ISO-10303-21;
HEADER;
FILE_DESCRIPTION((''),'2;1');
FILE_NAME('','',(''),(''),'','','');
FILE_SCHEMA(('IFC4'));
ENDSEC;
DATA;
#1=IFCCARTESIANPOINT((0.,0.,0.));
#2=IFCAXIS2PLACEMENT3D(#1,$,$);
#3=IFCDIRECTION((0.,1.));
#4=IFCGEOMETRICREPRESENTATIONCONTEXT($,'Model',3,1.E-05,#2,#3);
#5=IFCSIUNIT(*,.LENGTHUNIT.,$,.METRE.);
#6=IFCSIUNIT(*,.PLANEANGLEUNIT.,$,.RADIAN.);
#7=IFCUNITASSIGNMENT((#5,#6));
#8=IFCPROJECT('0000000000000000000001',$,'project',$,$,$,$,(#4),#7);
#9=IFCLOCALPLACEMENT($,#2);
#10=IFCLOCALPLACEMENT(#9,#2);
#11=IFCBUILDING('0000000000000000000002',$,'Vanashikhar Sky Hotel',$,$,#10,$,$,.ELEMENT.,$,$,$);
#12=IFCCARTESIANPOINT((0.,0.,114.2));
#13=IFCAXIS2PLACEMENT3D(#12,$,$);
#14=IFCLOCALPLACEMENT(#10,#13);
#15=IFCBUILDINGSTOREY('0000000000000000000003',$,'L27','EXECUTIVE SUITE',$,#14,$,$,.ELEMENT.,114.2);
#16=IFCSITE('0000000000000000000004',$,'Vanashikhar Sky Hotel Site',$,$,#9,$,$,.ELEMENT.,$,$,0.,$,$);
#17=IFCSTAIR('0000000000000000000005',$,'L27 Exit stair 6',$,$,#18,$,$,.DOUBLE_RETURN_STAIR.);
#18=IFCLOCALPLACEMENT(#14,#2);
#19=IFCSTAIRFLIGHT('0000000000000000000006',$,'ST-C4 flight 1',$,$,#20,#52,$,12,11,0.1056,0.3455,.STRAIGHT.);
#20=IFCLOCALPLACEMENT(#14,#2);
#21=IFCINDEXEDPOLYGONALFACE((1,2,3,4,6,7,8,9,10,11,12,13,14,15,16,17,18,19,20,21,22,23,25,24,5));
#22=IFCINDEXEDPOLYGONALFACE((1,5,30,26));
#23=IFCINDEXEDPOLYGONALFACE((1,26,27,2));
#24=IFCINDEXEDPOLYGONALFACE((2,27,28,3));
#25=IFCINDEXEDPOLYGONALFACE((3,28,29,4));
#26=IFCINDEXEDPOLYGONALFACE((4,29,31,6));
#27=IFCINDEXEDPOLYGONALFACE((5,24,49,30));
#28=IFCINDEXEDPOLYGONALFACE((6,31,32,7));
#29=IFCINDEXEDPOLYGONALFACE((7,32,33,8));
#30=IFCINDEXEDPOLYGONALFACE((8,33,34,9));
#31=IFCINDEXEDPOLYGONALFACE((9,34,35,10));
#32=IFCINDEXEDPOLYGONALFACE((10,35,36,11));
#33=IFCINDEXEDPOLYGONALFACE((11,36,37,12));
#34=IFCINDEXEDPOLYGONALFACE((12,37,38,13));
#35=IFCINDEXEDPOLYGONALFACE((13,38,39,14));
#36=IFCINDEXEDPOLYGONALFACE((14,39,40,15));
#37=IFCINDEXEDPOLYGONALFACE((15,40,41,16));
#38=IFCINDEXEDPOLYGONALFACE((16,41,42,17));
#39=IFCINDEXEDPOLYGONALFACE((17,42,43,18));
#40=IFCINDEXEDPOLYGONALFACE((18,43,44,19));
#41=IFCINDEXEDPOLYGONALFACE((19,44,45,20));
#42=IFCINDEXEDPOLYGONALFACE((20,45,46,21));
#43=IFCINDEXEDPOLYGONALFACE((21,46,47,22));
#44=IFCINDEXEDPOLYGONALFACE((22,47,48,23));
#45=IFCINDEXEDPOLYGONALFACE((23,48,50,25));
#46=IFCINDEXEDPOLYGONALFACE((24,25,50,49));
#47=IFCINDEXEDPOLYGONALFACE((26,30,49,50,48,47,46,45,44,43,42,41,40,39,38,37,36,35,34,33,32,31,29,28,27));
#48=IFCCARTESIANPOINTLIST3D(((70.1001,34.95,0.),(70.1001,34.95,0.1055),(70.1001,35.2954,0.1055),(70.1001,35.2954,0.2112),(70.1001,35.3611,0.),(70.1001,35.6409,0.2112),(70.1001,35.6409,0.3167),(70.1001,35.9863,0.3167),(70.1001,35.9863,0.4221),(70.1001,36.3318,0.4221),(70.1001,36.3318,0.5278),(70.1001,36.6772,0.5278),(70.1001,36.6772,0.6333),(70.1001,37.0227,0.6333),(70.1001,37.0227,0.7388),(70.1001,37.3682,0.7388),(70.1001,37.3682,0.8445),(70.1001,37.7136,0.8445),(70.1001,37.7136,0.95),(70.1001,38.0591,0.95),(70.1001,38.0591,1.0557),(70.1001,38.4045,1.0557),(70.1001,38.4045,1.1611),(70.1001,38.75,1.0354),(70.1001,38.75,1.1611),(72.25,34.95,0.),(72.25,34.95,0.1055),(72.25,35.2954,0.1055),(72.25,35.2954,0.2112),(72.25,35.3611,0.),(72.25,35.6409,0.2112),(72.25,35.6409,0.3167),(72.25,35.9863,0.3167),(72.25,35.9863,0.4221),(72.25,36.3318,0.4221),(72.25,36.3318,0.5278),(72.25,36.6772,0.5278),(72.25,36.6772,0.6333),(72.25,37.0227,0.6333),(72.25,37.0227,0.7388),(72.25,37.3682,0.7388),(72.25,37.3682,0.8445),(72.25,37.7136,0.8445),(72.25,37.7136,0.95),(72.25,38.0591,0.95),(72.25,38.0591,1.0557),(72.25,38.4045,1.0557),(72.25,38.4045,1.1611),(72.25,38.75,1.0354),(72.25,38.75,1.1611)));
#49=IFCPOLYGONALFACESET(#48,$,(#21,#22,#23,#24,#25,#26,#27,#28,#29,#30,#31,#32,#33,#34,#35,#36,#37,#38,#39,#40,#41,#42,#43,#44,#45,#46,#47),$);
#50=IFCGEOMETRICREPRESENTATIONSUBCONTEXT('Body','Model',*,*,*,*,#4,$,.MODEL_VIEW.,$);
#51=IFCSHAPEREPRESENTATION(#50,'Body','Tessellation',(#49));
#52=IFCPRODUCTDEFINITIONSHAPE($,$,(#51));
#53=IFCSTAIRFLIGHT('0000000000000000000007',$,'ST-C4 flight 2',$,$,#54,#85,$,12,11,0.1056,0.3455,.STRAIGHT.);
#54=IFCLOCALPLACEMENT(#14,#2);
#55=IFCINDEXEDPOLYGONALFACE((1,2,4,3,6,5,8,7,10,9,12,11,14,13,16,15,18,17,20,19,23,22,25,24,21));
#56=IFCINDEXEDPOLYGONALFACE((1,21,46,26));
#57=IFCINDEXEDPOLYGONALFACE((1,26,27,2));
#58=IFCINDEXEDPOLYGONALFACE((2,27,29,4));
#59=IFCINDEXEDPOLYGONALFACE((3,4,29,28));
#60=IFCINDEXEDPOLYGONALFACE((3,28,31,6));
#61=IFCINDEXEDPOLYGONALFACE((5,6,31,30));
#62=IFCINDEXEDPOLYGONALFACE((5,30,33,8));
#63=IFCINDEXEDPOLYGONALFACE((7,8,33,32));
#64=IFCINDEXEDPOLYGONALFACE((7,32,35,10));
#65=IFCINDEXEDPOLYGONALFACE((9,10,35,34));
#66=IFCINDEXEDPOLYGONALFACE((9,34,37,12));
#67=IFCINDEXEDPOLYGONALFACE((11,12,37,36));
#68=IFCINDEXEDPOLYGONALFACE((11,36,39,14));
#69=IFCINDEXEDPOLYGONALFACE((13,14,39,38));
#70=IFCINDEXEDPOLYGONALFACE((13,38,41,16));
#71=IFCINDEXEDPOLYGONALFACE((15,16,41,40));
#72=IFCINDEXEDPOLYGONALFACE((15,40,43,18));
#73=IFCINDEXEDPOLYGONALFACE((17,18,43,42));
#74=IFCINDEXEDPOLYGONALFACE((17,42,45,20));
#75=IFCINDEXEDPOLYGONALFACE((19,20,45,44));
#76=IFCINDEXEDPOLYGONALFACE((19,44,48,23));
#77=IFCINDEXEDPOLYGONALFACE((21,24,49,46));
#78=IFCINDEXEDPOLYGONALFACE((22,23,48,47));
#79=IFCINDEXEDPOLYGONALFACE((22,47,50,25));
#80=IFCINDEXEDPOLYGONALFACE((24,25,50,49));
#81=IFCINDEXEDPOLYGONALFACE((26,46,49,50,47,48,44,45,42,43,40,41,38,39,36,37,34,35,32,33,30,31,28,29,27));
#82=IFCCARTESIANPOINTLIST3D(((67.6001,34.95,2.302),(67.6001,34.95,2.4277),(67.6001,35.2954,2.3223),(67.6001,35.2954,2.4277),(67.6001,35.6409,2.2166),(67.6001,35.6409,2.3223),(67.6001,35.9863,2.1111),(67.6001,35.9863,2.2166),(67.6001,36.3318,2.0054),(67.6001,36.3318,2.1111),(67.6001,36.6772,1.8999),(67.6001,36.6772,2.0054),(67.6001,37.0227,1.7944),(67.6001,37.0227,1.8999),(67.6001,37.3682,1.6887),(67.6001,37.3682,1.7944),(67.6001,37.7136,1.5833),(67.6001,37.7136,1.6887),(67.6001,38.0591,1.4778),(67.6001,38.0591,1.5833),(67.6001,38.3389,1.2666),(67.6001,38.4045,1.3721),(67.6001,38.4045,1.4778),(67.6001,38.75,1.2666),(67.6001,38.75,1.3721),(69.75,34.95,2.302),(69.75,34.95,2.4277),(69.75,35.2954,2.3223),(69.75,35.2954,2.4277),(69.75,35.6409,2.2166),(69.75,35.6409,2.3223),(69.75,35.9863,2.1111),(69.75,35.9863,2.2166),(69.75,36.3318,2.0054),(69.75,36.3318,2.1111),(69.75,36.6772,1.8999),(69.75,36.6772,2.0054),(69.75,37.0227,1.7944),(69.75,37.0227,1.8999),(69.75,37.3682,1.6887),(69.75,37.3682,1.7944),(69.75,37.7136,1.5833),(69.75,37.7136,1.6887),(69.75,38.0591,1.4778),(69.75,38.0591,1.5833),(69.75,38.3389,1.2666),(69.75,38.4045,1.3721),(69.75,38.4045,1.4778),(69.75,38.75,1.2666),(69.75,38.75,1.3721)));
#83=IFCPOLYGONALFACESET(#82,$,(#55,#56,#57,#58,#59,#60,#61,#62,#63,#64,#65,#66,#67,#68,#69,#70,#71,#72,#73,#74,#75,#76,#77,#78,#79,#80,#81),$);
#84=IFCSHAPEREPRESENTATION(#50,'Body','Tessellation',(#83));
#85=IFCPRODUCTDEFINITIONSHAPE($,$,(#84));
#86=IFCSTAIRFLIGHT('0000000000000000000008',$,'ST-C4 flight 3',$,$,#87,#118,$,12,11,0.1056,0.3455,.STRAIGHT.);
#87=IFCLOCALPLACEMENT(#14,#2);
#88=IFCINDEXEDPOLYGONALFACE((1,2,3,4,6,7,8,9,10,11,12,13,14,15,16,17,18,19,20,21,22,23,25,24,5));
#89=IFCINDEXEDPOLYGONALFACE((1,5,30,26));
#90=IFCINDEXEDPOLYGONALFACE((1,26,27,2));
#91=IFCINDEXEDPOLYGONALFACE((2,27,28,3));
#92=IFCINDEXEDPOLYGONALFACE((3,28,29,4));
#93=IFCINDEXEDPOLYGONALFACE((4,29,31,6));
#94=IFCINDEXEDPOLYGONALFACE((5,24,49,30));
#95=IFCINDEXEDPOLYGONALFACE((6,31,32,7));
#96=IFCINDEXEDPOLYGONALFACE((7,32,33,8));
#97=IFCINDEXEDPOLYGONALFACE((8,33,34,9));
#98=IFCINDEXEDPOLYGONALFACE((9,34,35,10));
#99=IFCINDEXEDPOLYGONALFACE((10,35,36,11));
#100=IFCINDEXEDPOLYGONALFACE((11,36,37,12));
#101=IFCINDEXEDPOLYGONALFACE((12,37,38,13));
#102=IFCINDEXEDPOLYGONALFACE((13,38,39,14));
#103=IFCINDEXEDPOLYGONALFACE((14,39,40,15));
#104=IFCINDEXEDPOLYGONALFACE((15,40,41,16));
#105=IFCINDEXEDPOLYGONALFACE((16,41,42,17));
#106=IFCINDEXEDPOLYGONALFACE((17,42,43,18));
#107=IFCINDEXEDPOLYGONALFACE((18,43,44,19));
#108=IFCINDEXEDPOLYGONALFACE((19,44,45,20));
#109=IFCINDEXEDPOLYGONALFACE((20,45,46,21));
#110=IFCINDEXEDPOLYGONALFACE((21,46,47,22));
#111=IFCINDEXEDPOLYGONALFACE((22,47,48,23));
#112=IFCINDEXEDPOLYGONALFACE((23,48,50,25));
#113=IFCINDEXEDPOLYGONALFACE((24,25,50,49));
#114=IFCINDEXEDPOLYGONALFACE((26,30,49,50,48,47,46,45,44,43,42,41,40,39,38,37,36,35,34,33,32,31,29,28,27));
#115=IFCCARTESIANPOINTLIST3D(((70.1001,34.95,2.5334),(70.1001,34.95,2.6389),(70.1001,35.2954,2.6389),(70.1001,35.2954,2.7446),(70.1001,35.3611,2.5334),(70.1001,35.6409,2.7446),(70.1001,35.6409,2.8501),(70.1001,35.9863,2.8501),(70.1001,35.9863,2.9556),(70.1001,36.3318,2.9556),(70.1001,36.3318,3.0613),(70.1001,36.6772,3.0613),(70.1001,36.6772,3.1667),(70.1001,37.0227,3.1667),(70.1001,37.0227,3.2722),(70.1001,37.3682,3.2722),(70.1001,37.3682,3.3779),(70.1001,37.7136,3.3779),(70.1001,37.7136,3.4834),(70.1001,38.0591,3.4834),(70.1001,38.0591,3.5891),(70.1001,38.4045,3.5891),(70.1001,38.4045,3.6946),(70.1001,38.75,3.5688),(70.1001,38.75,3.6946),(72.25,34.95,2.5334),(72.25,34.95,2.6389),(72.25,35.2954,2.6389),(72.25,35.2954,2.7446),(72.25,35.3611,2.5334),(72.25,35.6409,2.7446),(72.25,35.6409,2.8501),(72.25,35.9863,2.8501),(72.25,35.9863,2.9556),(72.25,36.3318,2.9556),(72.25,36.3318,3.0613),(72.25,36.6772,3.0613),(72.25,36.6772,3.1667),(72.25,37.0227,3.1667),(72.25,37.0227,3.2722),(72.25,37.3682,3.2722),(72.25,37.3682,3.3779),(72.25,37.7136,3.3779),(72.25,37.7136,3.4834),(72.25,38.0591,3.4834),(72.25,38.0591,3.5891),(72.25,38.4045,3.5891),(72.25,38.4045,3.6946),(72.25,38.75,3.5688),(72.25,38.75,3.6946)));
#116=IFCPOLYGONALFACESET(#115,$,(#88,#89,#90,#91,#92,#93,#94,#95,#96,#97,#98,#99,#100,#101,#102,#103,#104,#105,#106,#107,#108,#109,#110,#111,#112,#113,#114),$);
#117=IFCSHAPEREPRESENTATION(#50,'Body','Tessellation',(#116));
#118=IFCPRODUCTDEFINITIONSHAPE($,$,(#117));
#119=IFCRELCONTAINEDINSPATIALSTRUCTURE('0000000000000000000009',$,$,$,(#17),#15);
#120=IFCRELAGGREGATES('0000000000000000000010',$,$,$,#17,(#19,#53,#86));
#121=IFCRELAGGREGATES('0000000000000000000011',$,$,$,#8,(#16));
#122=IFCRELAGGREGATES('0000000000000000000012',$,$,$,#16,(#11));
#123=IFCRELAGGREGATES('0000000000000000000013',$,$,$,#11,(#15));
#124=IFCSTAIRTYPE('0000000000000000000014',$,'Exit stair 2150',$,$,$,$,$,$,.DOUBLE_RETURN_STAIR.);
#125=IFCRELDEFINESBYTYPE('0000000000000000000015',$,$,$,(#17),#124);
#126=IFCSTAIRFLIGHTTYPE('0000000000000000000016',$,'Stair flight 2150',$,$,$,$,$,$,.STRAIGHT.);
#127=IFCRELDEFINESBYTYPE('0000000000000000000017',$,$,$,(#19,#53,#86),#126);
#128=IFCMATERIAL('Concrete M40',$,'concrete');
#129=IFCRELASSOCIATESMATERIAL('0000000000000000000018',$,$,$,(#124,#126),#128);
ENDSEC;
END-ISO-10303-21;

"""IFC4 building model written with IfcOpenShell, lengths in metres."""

from ifc_helpers import new_model, si_unit, direction, frame, origin, place, context, subcontext, project, spatial, polyline, outline, extrude, source, transform, mapped, material, type_object, element, aggregate, save


model = new_model("IFC4")

# Units and contexts
model_context = context("Model", 3, precision=1e-05, world=origin(), true_north=direction((0.0, 1.0)))
body_context = subcontext(model_context, "Body", "Model", "MODEL_VIEW")
ifc_project = project(units=[si_unit("LENGTHUNIT", "METRE"), si_unit("PLANEANGLEUNIT", "RADIAN")], contexts=[model_context])

# Site, building, storey
site_placement = place(None, origin())
site = spatial("IfcSite", under=ifc_project, at=site_placement, Name="Vanashikhar Sky Hotel Site", CompositionType="ELEMENT", RefElevation=0.0)
building_placement = place(site_placement, origin())
building = spatial("IfcBuilding", under=site, at=building_placement, Name="Vanashikhar Sky Hotel", CompositionType="ELEMENT")
storey_placement = place(building_placement, frame((0.0, 0.0, 114.2)))
storey = spatial("IfcBuildingStorey", under=building, at=storey_placement, Name="L27", Description="EXECUTIVE SUITE", CompositionType="ELEMENT", Elevation=114.2)

# Shared definitions
ifc_material_1 = material(Name="Concrete M40", Category="concrete")

# Stair, stair flights
stair_type = type_object("IfcStairType", Name="Exit stair 2150", PredefinedType="DOUBLE_RETURN_STAIR", material=ifc_material_1)
stair_flight_type = type_object("IfcStairFlightType", Name="Stair flight 2150", PredefinedType="STRAIGHT", material=ifc_material_1)
shared_shape_1 = source(origin(), body_context, "Body", "SweptSolid", [
    extrude(outline(polyline([(0.0, 0.0), (0.0, 0.1055), (0.3455, 0.1055), (0.3455, 0.2112), (0.6909, 0.2112), (0.6909, 0.3167), (1.0364, 0.3167), (1.0364, 0.4221), (1.3818, 0.4221), (1.3818, 0.5278), (1.7273, 0.5278), (1.7273, 0.6333), (2.0728, 0.6333), (2.0728, 0.7388), (2.4182, 0.7388), (2.4182, 0.8445), (2.7637, 0.8445), (2.7637, 0.95), (3.1091, 0.95), (3.1091, 1.0557), (3.4546, 1.0557), (3.4546, 1.1611), (3.8, 1.1611), (3.8, 1.2666), (3.8, 1.0354), (0.4111, 0.0), (0.0, 0.0)])), frame((0.0, 1.075, 0.0), z_axis=(0.0, -1.0, 0.0), x_axis=(1.0, 0.0, 0.0)), (0.0, 0.0, 1.0), 2.1499),
])
stair_1_placement = place(storey_placement, origin())
stair_1 = element("IfcStair", 1, at=stair_1_placement, inside=storey, type_object=stair_type, Name="L27 Exit stair 6", PredefinedType="DOUBLE_RETURN_STAIR")
stair_flight_1_placement = place(storey_placement, frame((71.175, 34.95, 0.0), z_axis=(0.0, 0.0, 1.0), x_axis=(0.0, 1.0, 0.0)))
stair_flight_1 = element("IfcStairFlight", 2, at=stair_flight_1_placement, type_object=stair_flight_type, Name="ST-C4 flight 1", NumberOfRisers=12, NumberOfTreads=11, PredefinedType="STRAIGHT", RiserHeight=0.1056, TreadLength=0.3455, context=body_context, shape_type="MappedRepresentation", body=[
    mapped(shared_shape_1, transform((0.0, 0.0, 0.0), scale=1.0)),
])
stair_flight_2_placement = place(storey_placement, frame((68.675, 38.75, 1.2666), z_axis=(0.0, 0.0, 1.0), x_axis=(0.0, -1.0, 0.0)))
stair_flight_2 = element("IfcStairFlight", 3, at=stair_flight_2_placement, type_object=stair_flight_type, Name="ST-C4 flight 2", NumberOfRisers=12, NumberOfTreads=11, PredefinedType="STRAIGHT", RiserHeight=0.1056, TreadLength=0.3455, context=body_context, shape_type="MappedRepresentation", body=[
    mapped(shared_shape_1, transform((0.0, 0.0, 0.0), scale=1.0)),
])
stair_flight_3_placement = place(storey_placement, frame((71.175, 34.95, 2.5334), z_axis=(0.0, 0.0, 1.0), x_axis=(0.0, 1.0, 0.0)))
stair_flight_3 = element("IfcStairFlight", 4, at=stair_flight_3_placement, type_object=stair_flight_type, Name="ST-C4 flight 3", NumberOfRisers=12, NumberOfTreads=11, PredefinedType="STRAIGHT", RiserHeight=0.1056, TreadLength=0.3455, context=body_context, shape_type="MappedRepresentation", body=[
    mapped(shared_shape_1, transform((0.0, 0.0, 0.0), scale=1.0)),
])
aggregate(stair_1, [stair_flight_1, stair_flight_2, stair_flight_3])

save(model, "model.ifc")
